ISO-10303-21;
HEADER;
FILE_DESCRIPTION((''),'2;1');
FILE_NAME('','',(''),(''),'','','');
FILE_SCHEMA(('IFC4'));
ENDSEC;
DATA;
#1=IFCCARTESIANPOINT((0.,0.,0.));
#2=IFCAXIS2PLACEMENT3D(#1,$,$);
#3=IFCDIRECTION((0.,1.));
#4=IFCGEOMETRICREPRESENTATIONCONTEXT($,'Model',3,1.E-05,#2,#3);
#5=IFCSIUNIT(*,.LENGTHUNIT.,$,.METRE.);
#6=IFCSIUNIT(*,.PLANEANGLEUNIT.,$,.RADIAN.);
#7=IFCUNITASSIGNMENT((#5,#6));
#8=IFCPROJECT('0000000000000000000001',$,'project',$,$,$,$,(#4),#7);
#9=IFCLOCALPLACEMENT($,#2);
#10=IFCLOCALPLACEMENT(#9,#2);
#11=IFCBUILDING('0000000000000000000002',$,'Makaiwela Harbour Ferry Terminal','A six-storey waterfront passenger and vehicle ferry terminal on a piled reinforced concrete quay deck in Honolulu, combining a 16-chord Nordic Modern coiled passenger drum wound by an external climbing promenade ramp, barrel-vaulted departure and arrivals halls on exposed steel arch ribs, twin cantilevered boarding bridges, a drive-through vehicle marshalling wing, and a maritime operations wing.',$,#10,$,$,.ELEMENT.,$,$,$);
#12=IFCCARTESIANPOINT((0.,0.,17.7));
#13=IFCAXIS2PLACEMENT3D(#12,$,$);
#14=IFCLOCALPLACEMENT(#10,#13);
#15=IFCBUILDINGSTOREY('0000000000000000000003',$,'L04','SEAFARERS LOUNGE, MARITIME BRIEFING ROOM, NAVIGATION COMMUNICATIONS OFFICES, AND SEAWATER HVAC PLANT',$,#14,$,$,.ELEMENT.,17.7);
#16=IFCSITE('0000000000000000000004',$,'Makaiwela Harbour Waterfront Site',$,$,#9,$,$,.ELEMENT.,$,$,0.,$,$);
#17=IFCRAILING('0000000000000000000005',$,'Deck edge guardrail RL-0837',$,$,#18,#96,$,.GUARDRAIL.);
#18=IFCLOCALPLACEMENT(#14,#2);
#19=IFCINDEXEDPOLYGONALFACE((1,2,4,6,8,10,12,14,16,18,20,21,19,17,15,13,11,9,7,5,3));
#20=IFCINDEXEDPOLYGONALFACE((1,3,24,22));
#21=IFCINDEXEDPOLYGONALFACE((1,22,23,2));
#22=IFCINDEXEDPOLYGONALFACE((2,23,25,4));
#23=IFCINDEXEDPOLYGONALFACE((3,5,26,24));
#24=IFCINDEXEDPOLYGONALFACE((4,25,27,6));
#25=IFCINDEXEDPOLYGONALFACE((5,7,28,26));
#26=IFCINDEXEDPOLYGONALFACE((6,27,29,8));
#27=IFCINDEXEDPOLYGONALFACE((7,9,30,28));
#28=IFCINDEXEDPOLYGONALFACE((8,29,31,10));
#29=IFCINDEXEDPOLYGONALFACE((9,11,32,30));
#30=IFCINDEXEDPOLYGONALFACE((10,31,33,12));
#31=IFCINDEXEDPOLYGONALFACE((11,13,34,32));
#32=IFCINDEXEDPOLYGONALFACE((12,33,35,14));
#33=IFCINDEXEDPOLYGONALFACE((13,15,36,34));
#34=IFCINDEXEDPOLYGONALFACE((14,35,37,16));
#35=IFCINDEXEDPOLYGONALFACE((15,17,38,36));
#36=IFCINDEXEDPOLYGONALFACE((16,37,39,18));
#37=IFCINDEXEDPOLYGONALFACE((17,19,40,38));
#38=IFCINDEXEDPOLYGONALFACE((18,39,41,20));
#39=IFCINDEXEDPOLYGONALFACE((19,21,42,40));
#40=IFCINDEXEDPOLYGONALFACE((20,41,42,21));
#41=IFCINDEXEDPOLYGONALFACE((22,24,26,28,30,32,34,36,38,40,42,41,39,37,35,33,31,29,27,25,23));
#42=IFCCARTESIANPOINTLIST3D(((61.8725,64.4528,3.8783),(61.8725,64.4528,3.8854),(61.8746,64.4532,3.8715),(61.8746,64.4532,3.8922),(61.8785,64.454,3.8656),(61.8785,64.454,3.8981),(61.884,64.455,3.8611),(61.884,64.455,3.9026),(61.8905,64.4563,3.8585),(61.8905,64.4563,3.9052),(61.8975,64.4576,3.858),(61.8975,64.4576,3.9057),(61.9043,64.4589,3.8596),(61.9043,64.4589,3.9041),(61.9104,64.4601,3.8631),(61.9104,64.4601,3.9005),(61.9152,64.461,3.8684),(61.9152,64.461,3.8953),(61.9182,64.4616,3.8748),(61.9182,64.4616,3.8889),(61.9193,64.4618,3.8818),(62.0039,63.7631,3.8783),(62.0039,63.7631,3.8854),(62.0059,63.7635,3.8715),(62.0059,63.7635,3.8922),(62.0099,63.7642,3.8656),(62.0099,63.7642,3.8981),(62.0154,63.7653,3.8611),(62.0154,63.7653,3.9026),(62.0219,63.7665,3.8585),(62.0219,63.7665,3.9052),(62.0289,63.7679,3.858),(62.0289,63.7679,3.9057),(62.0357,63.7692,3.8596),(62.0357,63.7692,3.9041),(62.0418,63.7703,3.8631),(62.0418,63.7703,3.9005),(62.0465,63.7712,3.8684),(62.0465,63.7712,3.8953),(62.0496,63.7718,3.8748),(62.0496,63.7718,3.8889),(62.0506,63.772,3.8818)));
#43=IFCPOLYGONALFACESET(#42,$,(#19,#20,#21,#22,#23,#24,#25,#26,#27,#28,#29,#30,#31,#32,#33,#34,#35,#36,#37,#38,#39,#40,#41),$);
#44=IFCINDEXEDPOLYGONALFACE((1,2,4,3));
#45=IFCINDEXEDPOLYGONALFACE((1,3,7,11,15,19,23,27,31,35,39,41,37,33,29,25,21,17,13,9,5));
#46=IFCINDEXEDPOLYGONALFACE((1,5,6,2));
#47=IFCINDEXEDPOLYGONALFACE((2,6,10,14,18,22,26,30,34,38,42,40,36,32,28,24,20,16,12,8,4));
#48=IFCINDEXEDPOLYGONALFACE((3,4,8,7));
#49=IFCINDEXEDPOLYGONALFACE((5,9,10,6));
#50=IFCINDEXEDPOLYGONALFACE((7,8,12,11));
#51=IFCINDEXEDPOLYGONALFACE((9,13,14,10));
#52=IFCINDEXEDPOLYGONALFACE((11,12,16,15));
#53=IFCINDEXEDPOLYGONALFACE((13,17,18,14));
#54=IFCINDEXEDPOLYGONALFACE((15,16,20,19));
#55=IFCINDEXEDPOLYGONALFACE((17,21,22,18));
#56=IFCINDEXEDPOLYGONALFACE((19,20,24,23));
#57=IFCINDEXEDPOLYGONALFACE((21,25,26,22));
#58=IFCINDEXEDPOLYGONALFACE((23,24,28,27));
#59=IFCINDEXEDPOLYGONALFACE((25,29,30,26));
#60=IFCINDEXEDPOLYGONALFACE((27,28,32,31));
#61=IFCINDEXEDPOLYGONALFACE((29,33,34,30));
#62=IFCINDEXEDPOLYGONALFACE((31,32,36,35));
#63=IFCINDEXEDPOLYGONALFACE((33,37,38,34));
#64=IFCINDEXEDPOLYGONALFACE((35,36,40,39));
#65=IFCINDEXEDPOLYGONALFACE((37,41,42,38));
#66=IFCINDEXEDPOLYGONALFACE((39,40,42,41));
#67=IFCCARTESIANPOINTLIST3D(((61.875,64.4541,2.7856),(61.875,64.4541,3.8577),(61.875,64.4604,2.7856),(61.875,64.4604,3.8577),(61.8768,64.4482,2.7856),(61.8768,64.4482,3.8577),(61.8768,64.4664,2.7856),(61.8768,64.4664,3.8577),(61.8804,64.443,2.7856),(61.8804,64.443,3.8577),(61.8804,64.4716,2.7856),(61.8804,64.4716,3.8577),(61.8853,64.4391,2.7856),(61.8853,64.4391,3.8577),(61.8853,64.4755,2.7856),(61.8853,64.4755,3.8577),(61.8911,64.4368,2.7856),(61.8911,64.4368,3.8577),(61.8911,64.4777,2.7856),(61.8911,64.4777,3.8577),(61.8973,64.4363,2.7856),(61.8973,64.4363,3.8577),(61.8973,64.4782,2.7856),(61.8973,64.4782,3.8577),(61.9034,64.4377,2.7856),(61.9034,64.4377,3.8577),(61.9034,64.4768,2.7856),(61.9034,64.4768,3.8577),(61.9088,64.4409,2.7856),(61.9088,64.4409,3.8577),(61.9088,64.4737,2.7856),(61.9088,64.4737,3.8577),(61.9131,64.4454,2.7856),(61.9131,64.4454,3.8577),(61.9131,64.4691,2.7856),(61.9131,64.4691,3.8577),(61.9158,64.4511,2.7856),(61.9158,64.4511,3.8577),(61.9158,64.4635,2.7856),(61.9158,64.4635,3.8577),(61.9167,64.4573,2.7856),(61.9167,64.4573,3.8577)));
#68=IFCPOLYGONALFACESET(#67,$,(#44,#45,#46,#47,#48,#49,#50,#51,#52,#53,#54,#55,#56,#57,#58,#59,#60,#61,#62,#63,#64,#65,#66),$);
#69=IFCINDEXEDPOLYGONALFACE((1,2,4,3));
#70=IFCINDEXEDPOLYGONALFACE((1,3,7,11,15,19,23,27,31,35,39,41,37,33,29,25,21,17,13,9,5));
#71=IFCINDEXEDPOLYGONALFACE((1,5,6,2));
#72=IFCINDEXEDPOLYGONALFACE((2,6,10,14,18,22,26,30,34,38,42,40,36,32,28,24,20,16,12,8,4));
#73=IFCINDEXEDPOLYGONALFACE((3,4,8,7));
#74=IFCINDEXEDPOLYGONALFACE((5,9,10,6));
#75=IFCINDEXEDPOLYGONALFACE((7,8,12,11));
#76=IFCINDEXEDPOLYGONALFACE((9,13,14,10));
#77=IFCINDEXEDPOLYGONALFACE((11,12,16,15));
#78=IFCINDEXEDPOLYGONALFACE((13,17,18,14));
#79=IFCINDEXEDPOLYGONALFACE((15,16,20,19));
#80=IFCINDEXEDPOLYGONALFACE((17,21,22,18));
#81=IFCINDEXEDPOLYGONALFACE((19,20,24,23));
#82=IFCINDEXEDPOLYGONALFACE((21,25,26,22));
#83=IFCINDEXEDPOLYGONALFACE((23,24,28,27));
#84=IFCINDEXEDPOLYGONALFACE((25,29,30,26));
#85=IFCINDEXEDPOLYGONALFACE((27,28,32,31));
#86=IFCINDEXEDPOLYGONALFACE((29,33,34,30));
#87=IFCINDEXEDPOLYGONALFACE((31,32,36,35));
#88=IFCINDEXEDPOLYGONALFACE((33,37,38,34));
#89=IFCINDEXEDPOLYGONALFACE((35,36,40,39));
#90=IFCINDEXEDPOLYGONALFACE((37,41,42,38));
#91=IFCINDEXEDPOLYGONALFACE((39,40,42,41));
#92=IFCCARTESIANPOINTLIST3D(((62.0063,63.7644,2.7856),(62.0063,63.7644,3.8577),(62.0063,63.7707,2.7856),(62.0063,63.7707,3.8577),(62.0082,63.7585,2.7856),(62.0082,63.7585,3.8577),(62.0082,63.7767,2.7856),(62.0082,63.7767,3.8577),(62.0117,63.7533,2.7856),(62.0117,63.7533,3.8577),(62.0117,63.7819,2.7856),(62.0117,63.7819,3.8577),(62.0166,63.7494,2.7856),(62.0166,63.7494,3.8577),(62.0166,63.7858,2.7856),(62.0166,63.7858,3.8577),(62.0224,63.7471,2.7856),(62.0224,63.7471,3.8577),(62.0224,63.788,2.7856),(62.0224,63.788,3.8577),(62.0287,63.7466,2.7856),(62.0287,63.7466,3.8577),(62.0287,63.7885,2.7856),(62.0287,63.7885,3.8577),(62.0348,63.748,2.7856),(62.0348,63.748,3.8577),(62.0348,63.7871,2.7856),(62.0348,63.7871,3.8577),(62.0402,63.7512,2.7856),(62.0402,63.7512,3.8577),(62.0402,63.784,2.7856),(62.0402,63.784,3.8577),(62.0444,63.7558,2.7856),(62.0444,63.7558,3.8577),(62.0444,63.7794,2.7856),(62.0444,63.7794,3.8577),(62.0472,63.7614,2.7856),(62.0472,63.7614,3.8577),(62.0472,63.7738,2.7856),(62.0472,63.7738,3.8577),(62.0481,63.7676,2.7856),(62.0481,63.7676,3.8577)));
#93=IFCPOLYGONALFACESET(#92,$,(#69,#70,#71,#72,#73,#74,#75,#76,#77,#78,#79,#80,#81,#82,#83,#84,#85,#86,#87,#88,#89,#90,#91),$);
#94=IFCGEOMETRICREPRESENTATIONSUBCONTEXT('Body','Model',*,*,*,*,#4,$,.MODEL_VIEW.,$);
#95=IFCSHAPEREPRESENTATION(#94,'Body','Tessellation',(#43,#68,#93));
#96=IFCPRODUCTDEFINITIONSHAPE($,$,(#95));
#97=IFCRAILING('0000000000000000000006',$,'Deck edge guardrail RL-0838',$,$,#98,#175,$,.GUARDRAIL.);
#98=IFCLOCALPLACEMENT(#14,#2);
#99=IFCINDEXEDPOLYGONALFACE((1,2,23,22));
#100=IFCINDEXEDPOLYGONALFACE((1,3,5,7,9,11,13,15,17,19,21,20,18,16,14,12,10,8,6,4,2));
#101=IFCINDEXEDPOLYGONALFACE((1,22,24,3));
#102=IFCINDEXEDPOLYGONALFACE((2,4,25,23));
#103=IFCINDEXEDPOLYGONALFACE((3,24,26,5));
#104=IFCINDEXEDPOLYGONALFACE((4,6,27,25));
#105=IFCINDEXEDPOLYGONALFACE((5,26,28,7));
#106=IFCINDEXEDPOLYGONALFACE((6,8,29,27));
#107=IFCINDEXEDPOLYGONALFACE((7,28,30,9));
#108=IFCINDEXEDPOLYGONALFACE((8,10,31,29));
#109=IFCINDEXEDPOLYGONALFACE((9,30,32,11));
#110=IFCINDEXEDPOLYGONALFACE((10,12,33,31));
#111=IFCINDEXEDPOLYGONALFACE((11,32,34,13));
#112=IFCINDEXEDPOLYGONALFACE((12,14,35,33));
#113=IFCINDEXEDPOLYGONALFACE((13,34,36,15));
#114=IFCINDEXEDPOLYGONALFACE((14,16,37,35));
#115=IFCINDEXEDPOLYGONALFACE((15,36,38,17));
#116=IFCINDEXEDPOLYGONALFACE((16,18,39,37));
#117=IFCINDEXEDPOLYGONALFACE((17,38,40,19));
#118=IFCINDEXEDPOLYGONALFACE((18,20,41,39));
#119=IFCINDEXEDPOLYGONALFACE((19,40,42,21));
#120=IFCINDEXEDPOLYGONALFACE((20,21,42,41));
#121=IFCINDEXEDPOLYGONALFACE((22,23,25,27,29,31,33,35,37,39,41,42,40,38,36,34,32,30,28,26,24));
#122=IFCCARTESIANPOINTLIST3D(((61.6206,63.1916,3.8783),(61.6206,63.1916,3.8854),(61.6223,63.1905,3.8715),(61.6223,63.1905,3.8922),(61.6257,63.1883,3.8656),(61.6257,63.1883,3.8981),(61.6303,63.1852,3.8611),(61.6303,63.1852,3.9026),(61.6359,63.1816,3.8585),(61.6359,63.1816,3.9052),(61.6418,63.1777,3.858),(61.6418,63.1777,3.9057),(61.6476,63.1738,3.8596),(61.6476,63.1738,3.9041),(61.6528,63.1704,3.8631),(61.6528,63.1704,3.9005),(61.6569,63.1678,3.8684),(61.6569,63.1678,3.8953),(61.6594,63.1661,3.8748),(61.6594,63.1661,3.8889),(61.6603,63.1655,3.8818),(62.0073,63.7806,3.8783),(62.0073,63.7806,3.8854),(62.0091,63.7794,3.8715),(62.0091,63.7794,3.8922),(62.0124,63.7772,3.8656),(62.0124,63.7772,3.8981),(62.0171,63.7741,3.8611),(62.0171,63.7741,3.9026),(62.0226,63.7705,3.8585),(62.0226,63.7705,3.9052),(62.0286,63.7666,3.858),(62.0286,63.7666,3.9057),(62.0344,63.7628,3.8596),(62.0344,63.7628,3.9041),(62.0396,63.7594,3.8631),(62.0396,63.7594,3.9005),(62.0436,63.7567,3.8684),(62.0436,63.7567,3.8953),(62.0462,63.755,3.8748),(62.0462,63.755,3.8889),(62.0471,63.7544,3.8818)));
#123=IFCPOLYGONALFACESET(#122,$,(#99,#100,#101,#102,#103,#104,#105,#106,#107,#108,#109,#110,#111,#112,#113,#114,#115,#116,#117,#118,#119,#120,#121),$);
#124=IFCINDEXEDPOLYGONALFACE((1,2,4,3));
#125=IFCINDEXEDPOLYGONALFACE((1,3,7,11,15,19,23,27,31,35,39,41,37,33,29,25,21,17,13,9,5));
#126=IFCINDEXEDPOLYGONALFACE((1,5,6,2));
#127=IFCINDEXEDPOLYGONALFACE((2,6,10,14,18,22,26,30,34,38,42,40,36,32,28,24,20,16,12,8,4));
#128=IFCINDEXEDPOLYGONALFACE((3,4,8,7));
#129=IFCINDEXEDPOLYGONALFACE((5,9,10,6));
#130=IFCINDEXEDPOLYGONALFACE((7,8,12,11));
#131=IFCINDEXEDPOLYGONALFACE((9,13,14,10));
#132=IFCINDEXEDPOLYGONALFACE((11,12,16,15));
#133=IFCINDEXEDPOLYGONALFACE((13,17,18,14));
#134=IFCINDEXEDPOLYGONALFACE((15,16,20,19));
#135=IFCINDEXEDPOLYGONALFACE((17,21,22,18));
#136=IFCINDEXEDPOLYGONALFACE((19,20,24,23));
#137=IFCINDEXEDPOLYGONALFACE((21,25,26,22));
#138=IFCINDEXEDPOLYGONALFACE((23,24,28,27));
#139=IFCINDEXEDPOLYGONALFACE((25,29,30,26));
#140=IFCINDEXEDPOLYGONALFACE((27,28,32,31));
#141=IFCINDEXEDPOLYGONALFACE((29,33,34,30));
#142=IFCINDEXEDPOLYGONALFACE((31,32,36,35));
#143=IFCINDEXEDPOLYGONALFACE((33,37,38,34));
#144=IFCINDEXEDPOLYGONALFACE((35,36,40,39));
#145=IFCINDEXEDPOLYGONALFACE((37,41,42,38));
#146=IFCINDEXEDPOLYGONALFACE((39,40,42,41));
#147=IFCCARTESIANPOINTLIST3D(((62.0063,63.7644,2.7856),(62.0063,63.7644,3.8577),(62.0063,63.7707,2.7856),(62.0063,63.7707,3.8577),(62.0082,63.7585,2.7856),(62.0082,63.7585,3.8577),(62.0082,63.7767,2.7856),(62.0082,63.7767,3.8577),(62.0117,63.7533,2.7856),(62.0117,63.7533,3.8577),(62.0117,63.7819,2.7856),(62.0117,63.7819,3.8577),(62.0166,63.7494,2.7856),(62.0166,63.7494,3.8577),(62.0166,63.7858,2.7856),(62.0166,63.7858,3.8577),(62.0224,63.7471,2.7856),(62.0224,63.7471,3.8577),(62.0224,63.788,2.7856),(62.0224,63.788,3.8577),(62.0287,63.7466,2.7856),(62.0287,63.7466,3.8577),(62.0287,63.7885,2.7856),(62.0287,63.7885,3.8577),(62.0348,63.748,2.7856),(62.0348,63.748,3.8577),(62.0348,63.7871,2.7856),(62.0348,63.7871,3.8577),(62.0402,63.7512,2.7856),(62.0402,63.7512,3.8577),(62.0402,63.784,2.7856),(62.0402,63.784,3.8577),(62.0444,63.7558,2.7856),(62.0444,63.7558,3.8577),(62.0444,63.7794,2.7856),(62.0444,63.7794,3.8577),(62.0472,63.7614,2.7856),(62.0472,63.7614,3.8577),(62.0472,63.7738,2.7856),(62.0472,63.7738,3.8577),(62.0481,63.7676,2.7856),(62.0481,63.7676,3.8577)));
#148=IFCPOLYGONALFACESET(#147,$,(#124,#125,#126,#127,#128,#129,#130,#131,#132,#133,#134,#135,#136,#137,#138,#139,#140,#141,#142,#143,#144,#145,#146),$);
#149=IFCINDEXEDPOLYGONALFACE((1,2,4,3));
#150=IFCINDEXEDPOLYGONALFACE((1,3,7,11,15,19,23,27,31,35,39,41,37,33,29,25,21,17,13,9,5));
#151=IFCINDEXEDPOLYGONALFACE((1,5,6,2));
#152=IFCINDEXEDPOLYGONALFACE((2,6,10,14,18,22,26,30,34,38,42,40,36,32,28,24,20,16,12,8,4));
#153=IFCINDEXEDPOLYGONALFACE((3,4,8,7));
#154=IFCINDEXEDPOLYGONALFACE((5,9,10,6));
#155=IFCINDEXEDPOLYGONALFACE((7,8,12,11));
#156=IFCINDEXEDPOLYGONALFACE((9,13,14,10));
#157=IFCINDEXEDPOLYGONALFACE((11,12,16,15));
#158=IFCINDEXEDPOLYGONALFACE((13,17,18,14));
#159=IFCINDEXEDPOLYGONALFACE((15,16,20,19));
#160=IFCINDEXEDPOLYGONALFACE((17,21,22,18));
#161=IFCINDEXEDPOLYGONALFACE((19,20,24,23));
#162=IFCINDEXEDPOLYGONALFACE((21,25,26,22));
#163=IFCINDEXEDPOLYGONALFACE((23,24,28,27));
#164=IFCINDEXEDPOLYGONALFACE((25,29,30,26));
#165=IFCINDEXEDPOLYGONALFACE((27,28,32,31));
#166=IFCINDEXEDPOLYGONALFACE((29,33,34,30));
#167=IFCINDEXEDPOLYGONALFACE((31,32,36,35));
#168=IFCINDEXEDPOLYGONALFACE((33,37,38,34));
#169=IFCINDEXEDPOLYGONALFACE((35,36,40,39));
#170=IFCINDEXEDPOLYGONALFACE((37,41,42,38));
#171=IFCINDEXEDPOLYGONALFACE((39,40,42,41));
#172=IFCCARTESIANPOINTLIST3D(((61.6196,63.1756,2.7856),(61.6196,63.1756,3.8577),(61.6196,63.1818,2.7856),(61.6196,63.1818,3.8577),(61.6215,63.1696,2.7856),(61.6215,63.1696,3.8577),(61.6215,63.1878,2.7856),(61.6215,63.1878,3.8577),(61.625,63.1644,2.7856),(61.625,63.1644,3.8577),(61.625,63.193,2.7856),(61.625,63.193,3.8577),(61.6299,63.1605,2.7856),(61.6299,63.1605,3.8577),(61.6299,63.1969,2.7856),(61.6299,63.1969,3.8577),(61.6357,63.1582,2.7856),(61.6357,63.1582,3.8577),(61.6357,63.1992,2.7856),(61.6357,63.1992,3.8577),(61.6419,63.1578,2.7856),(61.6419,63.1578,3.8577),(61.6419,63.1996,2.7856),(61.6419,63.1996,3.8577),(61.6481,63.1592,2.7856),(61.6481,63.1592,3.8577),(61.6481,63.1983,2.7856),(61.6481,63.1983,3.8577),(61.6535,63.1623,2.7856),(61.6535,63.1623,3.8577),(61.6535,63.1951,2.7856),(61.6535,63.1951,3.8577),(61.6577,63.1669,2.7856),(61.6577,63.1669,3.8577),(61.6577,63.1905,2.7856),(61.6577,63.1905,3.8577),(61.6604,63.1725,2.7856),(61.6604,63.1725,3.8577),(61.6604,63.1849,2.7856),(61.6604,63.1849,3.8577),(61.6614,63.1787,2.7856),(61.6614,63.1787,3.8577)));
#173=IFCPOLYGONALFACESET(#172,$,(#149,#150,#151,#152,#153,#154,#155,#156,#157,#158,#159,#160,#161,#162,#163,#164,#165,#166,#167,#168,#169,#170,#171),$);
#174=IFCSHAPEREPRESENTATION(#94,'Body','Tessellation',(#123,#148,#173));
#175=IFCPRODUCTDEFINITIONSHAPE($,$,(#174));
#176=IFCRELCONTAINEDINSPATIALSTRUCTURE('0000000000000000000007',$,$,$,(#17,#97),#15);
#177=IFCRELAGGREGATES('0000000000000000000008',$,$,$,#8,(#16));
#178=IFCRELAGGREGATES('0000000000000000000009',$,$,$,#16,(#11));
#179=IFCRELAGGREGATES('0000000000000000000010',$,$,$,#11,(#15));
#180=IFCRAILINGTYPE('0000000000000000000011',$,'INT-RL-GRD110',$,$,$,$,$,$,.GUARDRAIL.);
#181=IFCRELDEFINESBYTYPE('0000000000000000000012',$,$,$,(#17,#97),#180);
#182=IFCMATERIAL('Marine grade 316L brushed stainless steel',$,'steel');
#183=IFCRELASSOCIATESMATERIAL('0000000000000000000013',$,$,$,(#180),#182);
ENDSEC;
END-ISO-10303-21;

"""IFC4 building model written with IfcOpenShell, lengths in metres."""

from ifc_helpers import new_model, si_unit, direction, frame, origin, origin_2d, place, context, subcontext, project, spatial, circle, extrude, material, type_object, element, save


model = new_model("IFC4")

# Units and contexts
model_context = context("Model", 3, precision=1e-05, world=origin(), true_north=direction((0.0, 1.0)))
body_context = subcontext(model_context, "Body", "Model", "MODEL_VIEW")
ifc_project = project(units=[si_unit("LENGTHUNIT", "METRE"), si_unit("PLANEANGLEUNIT", "RADIAN")], contexts=[model_context])

# Site, building, storey
site_placement = place(None, origin())
site = spatial("IfcSite", under=ifc_project, at=site_placement, Name="Makaiwela Harbour Waterfront Site", CompositionType="ELEMENT", RefElevation=0.0)
building_placement = place(site_placement, origin())
building = spatial("IfcBuilding", under=site, at=building_placement, Name="Makaiwela Harbour Ferry Terminal", Description="A six-storey waterfront passenger and vehicle ferry terminal on a piled reinforced concrete quay deck in Honolulu, combining a 16-chord Nordic Modern coiled passenger drum wound by an external climbing promenade ramp, barrel-vaulted departure and arrivals halls on exposed steel arch ribs, twin cantilevered boarding bridges, a drive-through vehicle marshalling wing, and a maritime operations wing.", CompositionType="ELEMENT")
storey_placement = place(building_placement, frame((0.0, 0.0, 17.7)))
storey = spatial("IfcBuildingStorey", under=building, at=storey_placement, Name="L04", Description="SEAFARERS LOUNGE, MARITIME BRIEFING ROOM, NAVIGATION COMMUNICATIONS OFFICES, AND SEAWATER HVAC PLANT", CompositionType="ELEMENT", Elevation=17.7)

# Railings
ifc_material_1 = material(Name="Marine grade 316L brushed stainless steel", Category="steel")
railing_type_1 = type_object("IfcRailingType", Name="INT-RL-GRD110", PredefinedType="GUARDRAIL", material=ifc_material_1)
railing_1_placement = place(storey_placement, frame((61.8958, 64.4573, 2.7856)))
element("IfcRailing", 1, at=railing_1_placement, inside=storey, type_object=railing_type_1, Name="Deck edge guardrail RL-0837", PredefinedType="GUARDRAIL", context=body_context, shape_type="SweptSolid", body=[
    extrude(circle(Radius=0.0239, at=origin_2d()), frame((0.0, 0.0, 1.0962), z_axis=(0.18708, -0.982345, 0.0), x_axis=(0.982345, 0.18708, 0.0)), (0.0, 0.0, 1.0), 0.7021),
    extrude(circle(Radius=0.021, at=origin_2d()), origin(), (0.0, 0.0, 1.0), 1.072),
    extrude(circle(Radius=0.021, at=origin_2d()), frame((0.1313, -0.6897, 0.0)), (0.0, 0.0, 1.0), 1.072),
])
railing_2_placement = place(storey_placement, frame((62.0271, 63.7676, 2.7856)))
element("IfcRailing", 2, at=railing_2_placement, inside=storey, type_object=railing_type_1, Name="Deck edge guardrail RL-0838", PredefinedType="GUARDRAIL", context=body_context, shape_type="SweptSolid", body=[
    extrude(circle(Radius=0.0239, at=origin_2d()), frame((0.0, 0.0, 1.0962), z_axis=(-0.548929, -0.835869, 0.0), x_axis=(0.835869, -0.548929, 0.0)), (0.0, 0.0, 1.0), 0.7046),
    extrude(circle(Radius=0.021, at=origin_2d()), origin(), (0.0, 0.0, 1.0), 1.072),
    extrude(circle(Radius=0.021, at=origin_2d()), frame((-0.3867, -0.5889, 0.0)), (0.0, 0.0, 1.0), 1.072),
])

save(model, "model.ifc")
